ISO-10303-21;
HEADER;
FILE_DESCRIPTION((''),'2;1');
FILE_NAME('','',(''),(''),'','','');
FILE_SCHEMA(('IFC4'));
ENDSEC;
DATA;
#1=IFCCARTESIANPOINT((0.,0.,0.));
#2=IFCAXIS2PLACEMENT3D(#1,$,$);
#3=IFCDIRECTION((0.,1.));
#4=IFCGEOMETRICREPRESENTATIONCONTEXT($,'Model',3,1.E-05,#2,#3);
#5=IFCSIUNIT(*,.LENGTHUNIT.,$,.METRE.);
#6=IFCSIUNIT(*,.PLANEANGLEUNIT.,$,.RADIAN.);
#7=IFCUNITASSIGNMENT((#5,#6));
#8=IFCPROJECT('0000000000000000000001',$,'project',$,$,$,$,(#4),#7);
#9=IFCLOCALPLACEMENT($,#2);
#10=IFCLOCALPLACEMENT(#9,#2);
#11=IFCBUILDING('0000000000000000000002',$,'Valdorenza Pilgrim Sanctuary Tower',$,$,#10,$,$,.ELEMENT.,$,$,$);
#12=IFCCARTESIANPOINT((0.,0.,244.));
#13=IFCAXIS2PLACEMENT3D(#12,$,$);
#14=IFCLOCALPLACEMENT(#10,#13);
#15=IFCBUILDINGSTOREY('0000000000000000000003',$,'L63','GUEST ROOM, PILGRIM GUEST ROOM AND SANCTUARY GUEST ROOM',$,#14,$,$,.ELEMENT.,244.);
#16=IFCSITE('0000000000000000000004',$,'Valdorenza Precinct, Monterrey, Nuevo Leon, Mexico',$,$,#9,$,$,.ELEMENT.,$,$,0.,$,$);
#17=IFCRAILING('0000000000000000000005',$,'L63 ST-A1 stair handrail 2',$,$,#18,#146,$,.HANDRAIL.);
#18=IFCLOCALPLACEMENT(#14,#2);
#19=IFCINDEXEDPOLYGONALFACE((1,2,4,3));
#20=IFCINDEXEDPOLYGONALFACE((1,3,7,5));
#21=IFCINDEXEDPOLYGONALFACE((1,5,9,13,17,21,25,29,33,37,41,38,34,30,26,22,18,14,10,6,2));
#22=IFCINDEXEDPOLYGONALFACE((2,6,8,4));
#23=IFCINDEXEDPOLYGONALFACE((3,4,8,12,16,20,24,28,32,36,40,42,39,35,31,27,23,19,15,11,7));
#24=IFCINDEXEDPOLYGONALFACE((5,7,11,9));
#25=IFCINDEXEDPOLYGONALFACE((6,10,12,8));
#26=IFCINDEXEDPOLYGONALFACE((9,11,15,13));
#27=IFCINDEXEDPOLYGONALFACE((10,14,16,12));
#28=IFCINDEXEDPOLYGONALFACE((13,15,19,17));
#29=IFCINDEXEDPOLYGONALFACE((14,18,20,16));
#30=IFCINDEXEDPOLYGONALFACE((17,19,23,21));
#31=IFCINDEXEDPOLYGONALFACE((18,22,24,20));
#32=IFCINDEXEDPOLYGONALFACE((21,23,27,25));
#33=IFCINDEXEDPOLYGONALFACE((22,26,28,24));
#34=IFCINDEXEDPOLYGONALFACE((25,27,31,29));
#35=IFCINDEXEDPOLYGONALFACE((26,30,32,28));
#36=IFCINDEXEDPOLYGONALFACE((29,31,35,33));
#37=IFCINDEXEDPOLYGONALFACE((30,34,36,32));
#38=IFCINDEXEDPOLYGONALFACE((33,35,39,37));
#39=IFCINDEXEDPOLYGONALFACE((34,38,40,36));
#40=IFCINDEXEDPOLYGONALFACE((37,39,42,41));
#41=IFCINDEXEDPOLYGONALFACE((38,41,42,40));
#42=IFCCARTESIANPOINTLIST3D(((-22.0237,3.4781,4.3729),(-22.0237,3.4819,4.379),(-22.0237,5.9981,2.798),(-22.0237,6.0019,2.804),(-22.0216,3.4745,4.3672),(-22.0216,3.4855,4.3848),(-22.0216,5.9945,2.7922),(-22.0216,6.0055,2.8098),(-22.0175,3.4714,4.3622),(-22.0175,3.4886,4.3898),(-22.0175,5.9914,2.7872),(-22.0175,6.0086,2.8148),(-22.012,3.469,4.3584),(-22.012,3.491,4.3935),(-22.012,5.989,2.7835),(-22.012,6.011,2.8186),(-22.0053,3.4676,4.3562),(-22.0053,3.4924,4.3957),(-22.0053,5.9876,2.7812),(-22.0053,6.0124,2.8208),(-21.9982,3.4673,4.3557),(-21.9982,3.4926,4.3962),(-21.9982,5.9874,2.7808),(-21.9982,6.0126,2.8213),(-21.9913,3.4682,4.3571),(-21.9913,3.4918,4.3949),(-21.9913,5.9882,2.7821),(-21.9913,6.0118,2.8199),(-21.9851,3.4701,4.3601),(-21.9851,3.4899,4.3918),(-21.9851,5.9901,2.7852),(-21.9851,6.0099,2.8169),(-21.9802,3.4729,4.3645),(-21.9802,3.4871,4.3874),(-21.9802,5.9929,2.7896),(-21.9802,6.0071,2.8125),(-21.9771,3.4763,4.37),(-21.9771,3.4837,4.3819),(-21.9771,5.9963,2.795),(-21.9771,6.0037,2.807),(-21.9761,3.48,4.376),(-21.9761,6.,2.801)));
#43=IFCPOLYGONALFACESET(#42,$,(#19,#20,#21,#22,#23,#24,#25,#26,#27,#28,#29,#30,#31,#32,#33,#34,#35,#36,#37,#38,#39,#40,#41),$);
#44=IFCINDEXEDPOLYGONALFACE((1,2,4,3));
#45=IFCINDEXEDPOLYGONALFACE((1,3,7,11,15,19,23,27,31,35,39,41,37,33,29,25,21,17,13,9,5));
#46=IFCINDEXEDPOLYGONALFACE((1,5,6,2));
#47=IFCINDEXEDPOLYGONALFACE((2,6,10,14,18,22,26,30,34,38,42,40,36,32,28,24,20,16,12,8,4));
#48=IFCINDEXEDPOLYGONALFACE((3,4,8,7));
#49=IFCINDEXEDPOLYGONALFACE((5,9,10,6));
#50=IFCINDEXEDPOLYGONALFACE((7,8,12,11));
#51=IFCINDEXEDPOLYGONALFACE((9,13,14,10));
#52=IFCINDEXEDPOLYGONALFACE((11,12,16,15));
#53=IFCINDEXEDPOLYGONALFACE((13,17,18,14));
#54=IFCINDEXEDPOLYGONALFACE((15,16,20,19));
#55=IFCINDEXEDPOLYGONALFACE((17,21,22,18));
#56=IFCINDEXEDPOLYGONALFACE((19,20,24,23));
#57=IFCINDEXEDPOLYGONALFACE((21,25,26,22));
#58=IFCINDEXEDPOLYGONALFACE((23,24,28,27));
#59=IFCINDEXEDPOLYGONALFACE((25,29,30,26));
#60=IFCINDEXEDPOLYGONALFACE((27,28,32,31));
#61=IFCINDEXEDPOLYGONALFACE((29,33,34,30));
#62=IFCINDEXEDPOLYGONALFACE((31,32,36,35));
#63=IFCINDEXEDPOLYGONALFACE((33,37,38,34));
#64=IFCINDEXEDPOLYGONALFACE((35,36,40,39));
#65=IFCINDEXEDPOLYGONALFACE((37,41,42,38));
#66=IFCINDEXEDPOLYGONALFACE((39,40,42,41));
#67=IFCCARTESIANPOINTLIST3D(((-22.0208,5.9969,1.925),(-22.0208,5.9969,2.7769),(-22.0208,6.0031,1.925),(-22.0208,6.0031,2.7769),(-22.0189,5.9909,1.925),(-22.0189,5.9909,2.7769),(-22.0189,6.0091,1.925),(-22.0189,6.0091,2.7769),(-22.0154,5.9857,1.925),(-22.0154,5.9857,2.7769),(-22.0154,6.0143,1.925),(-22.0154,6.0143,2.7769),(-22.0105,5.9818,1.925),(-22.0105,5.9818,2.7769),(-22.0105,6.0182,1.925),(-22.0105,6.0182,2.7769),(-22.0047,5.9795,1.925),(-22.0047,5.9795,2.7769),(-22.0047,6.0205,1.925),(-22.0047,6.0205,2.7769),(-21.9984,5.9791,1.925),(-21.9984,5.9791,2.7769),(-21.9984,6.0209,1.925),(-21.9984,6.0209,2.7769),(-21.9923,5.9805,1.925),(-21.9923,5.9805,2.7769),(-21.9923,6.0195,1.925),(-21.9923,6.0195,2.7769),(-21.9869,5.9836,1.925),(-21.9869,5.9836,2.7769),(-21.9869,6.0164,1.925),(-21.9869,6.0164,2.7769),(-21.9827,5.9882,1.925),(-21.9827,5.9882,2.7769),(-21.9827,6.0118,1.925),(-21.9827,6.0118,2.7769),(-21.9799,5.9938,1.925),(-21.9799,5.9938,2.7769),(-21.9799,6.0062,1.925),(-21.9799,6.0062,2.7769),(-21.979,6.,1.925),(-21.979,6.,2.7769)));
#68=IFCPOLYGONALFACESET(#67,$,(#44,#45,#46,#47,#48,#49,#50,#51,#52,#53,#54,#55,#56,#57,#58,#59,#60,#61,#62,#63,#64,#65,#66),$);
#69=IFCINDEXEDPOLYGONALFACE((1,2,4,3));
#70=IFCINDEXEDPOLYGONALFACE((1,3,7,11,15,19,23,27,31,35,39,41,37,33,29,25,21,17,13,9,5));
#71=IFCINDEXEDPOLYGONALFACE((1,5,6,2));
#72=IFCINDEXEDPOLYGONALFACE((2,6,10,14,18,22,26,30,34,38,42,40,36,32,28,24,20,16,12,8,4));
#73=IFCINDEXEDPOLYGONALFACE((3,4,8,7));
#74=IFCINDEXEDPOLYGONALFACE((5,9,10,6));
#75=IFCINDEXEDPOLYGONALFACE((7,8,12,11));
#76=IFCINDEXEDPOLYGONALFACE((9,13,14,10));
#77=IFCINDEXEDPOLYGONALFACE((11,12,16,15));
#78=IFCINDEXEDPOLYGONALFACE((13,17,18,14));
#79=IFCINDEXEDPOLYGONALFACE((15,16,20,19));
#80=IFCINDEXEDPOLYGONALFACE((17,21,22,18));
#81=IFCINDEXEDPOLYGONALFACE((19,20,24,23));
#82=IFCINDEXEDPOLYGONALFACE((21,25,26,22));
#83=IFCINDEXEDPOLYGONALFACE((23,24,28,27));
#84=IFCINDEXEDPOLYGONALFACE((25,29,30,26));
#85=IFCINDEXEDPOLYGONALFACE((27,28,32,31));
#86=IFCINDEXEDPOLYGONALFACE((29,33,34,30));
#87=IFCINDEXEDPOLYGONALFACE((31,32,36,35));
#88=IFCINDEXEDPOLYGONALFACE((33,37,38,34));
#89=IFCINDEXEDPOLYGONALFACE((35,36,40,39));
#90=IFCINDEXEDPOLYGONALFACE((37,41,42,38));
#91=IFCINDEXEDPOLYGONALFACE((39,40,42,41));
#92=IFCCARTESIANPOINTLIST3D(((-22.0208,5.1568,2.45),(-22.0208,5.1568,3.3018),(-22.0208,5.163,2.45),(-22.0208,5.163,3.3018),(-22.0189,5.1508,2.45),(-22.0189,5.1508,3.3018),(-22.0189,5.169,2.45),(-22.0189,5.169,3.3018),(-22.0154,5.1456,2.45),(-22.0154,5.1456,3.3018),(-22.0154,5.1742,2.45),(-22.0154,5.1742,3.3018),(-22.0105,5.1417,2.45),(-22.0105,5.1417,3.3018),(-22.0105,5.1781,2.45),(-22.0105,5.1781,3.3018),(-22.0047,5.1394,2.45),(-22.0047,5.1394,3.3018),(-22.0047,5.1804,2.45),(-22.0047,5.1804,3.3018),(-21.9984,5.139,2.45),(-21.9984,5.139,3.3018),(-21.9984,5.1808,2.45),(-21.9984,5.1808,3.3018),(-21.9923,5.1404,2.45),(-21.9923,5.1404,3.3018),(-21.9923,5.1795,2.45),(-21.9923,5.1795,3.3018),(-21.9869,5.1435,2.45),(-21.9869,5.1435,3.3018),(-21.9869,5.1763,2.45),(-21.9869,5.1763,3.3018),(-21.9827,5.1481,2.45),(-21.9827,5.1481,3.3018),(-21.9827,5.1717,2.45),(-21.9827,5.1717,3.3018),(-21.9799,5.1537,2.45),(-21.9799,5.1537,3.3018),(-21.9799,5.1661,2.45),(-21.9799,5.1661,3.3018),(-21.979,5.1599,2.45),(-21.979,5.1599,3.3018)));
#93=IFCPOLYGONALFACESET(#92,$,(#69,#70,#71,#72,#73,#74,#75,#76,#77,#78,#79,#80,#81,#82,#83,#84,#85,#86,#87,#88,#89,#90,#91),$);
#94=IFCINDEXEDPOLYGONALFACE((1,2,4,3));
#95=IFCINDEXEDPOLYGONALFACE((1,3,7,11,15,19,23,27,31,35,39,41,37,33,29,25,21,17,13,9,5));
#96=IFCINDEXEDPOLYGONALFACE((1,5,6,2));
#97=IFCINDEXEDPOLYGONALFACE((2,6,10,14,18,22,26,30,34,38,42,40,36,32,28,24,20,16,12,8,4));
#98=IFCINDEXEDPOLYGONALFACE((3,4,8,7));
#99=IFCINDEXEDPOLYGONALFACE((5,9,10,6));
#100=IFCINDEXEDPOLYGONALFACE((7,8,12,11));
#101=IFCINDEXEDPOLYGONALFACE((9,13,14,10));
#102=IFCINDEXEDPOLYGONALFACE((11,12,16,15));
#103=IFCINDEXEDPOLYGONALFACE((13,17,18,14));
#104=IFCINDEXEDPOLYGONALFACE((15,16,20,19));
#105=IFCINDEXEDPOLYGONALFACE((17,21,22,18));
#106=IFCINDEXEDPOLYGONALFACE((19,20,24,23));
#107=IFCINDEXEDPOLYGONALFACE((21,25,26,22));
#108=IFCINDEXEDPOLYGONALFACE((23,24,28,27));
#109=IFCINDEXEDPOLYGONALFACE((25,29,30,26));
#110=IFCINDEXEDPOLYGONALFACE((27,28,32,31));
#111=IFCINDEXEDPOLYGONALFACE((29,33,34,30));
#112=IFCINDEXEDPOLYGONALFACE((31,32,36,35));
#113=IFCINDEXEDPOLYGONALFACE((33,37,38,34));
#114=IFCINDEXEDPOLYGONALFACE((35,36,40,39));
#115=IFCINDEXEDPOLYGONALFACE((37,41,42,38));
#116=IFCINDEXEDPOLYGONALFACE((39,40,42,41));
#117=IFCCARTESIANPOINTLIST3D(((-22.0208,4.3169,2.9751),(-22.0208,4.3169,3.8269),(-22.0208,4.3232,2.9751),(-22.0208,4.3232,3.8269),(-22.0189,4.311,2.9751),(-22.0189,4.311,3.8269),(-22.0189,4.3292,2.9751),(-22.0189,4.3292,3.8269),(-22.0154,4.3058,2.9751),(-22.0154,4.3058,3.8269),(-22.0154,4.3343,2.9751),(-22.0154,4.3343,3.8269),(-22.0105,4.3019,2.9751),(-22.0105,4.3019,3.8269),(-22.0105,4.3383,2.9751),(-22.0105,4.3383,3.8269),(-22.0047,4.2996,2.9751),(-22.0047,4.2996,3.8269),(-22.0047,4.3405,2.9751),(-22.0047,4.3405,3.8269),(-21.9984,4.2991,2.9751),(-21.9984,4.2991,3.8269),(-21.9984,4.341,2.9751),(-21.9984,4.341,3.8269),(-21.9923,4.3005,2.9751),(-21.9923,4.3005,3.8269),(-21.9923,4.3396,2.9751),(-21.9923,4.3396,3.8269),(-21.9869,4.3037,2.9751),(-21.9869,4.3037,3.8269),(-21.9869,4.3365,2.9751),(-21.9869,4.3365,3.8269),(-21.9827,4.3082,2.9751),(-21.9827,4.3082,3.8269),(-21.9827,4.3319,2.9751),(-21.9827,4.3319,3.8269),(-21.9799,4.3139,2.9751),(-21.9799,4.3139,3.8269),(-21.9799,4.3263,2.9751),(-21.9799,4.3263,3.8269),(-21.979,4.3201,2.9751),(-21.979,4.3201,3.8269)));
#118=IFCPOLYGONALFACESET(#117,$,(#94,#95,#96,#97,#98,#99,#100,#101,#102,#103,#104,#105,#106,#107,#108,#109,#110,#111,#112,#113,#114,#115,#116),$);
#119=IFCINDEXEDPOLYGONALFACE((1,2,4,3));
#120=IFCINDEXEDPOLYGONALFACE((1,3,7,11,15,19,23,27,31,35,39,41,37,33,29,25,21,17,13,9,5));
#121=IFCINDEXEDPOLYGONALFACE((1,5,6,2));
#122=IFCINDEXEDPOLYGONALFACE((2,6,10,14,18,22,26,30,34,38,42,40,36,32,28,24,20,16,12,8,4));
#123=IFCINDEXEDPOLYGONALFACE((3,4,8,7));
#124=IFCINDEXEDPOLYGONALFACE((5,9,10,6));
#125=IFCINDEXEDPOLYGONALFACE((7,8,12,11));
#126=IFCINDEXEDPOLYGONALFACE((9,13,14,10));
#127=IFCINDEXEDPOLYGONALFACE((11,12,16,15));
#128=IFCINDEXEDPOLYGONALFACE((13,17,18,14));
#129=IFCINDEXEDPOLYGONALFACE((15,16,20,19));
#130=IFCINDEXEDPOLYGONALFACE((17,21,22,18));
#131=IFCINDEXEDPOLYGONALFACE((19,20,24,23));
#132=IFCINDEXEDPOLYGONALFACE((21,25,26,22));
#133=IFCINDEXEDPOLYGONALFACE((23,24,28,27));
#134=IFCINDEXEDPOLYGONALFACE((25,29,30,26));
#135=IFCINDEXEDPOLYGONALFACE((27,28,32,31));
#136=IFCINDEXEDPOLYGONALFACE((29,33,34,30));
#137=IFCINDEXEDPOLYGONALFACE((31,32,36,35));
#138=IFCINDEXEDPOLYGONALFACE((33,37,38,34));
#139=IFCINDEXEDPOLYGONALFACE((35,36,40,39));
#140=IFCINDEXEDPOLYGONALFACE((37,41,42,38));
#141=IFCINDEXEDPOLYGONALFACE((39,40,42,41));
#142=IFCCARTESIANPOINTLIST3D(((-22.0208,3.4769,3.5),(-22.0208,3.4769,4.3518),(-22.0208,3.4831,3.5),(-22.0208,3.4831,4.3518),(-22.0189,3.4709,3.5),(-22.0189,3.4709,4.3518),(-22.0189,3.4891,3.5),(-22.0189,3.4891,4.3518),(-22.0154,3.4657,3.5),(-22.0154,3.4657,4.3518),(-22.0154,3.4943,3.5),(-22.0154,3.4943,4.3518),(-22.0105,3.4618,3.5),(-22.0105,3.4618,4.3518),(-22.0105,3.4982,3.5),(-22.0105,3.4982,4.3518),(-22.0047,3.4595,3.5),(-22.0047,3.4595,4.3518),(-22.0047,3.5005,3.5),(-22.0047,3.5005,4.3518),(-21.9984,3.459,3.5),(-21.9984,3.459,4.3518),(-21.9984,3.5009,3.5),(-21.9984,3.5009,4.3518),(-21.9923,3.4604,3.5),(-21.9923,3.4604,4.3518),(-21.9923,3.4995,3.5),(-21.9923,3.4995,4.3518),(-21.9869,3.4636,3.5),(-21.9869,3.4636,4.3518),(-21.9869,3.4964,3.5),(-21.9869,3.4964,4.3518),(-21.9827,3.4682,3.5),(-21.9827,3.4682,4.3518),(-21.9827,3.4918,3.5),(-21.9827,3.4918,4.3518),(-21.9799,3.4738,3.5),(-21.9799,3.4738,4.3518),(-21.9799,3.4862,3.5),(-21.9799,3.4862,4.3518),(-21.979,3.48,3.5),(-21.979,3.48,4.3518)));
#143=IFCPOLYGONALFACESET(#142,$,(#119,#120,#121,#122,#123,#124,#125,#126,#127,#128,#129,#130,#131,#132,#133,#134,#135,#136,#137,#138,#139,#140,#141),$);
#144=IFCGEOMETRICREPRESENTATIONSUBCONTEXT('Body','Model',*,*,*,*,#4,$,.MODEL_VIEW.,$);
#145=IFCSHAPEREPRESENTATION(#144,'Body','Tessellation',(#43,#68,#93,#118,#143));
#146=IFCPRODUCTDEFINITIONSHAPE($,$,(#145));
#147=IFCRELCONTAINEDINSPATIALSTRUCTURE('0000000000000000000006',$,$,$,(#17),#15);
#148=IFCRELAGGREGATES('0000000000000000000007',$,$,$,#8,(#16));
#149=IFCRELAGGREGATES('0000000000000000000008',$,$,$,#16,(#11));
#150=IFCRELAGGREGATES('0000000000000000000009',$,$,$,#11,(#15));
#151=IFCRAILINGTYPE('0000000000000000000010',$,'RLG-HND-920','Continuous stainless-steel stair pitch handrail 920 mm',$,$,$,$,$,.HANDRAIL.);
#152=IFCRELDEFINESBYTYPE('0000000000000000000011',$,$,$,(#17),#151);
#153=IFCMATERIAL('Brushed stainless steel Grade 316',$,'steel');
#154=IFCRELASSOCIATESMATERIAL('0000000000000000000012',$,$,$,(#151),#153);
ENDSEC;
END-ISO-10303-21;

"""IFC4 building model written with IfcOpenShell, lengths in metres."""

from ifc_helpers import new_model, si_unit, direction, frame, origin, origin_2d, place, context, subcontext, project, spatial, circle, extrude, material, type_object, element, save


model = new_model("IFC4")

# Units and contexts
model_context = context("Model", 3, precision=1e-05, world=origin(), true_north=direction((0.0, 1.0)))
body_context = subcontext(model_context, "Body", "Model", "MODEL_VIEW")
ifc_project = project(units=[si_unit("LENGTHUNIT", "METRE"), si_unit("PLANEANGLEUNIT", "RADIAN")], contexts=[model_context])

# Site, building, storey
site_placement = place(None, origin())
site = spatial("IfcSite", under=ifc_project, at=site_placement, Name="Valdorenza Precinct, Monterrey, Nuevo Leon, Mexico", CompositionType="ELEMENT", RefElevation=0.0)
building_placement = place(site_placement, origin())
building = spatial("IfcBuilding", under=site, at=building_placement, Name="Valdorenza Pilgrim Sanctuary Tower", CompositionType="ELEMENT")
storey_placement = place(building_placement, frame((0.0, 0.0, 244.0)))
storey = spatial("IfcBuildingStorey", under=building, at=storey_placement, Name="L63", Description="GUEST ROOM, PILGRIM GUEST ROOM AND SANCTUARY GUEST ROOM", CompositionType="ELEMENT", Elevation=244.0)

# Railing
ifc_material_1 = material(Name="Brushed stainless steel Grade 316", Category="steel")
railing_type_1 = type_object("IfcRailingType", Name="RLG-HND-920", Description="Continuous stainless-steel stair pitch handrail 920 mm", PredefinedType="HANDRAIL", material=ifc_material_1)
railing_1_placement = place(storey_placement, frame((-22.0, 6.0, 1.925)))
element("IfcRailing", 1, at=railing_1_placement, inside=storey, type_object=railing_type_1, Name="L63 ST-A1 stair handrail 2", PredefinedType="HANDRAIL", context=body_context, shape_type="SweptSolid", body=[
    extrude(circle(Radius=0.0239, at=origin_2d()), frame((0.0, 0.0, 0.876), z_axis=(0.0, -0.848008, 0.529984), x_axis=(1.0, 0.0, 0.0)), (0.0, 0.0, 1.0), 2.9717),
    extrude(circle(Radius=0.021, at=origin_2d()), origin(), (0.0, 0.0, 1.0), 0.8518),
    extrude(circle(Radius=0.021, at=origin_2d()), frame((0.0, -0.8401, 0.5249)), (0.0, 0.0, 1.0), 0.8518),
    extrude(circle(Radius=0.021, at=origin_2d()), frame((0.0, -1.6799, 1.05)), (0.0, 0.0, 1.0), 0.8518),
    extrude(circle(Radius=0.021, at=origin_2d()), frame((0.0, -2.52, 1.575)), (0.0, 0.0, 1.0), 0.8518),
])

save(model, "model.ifc")
